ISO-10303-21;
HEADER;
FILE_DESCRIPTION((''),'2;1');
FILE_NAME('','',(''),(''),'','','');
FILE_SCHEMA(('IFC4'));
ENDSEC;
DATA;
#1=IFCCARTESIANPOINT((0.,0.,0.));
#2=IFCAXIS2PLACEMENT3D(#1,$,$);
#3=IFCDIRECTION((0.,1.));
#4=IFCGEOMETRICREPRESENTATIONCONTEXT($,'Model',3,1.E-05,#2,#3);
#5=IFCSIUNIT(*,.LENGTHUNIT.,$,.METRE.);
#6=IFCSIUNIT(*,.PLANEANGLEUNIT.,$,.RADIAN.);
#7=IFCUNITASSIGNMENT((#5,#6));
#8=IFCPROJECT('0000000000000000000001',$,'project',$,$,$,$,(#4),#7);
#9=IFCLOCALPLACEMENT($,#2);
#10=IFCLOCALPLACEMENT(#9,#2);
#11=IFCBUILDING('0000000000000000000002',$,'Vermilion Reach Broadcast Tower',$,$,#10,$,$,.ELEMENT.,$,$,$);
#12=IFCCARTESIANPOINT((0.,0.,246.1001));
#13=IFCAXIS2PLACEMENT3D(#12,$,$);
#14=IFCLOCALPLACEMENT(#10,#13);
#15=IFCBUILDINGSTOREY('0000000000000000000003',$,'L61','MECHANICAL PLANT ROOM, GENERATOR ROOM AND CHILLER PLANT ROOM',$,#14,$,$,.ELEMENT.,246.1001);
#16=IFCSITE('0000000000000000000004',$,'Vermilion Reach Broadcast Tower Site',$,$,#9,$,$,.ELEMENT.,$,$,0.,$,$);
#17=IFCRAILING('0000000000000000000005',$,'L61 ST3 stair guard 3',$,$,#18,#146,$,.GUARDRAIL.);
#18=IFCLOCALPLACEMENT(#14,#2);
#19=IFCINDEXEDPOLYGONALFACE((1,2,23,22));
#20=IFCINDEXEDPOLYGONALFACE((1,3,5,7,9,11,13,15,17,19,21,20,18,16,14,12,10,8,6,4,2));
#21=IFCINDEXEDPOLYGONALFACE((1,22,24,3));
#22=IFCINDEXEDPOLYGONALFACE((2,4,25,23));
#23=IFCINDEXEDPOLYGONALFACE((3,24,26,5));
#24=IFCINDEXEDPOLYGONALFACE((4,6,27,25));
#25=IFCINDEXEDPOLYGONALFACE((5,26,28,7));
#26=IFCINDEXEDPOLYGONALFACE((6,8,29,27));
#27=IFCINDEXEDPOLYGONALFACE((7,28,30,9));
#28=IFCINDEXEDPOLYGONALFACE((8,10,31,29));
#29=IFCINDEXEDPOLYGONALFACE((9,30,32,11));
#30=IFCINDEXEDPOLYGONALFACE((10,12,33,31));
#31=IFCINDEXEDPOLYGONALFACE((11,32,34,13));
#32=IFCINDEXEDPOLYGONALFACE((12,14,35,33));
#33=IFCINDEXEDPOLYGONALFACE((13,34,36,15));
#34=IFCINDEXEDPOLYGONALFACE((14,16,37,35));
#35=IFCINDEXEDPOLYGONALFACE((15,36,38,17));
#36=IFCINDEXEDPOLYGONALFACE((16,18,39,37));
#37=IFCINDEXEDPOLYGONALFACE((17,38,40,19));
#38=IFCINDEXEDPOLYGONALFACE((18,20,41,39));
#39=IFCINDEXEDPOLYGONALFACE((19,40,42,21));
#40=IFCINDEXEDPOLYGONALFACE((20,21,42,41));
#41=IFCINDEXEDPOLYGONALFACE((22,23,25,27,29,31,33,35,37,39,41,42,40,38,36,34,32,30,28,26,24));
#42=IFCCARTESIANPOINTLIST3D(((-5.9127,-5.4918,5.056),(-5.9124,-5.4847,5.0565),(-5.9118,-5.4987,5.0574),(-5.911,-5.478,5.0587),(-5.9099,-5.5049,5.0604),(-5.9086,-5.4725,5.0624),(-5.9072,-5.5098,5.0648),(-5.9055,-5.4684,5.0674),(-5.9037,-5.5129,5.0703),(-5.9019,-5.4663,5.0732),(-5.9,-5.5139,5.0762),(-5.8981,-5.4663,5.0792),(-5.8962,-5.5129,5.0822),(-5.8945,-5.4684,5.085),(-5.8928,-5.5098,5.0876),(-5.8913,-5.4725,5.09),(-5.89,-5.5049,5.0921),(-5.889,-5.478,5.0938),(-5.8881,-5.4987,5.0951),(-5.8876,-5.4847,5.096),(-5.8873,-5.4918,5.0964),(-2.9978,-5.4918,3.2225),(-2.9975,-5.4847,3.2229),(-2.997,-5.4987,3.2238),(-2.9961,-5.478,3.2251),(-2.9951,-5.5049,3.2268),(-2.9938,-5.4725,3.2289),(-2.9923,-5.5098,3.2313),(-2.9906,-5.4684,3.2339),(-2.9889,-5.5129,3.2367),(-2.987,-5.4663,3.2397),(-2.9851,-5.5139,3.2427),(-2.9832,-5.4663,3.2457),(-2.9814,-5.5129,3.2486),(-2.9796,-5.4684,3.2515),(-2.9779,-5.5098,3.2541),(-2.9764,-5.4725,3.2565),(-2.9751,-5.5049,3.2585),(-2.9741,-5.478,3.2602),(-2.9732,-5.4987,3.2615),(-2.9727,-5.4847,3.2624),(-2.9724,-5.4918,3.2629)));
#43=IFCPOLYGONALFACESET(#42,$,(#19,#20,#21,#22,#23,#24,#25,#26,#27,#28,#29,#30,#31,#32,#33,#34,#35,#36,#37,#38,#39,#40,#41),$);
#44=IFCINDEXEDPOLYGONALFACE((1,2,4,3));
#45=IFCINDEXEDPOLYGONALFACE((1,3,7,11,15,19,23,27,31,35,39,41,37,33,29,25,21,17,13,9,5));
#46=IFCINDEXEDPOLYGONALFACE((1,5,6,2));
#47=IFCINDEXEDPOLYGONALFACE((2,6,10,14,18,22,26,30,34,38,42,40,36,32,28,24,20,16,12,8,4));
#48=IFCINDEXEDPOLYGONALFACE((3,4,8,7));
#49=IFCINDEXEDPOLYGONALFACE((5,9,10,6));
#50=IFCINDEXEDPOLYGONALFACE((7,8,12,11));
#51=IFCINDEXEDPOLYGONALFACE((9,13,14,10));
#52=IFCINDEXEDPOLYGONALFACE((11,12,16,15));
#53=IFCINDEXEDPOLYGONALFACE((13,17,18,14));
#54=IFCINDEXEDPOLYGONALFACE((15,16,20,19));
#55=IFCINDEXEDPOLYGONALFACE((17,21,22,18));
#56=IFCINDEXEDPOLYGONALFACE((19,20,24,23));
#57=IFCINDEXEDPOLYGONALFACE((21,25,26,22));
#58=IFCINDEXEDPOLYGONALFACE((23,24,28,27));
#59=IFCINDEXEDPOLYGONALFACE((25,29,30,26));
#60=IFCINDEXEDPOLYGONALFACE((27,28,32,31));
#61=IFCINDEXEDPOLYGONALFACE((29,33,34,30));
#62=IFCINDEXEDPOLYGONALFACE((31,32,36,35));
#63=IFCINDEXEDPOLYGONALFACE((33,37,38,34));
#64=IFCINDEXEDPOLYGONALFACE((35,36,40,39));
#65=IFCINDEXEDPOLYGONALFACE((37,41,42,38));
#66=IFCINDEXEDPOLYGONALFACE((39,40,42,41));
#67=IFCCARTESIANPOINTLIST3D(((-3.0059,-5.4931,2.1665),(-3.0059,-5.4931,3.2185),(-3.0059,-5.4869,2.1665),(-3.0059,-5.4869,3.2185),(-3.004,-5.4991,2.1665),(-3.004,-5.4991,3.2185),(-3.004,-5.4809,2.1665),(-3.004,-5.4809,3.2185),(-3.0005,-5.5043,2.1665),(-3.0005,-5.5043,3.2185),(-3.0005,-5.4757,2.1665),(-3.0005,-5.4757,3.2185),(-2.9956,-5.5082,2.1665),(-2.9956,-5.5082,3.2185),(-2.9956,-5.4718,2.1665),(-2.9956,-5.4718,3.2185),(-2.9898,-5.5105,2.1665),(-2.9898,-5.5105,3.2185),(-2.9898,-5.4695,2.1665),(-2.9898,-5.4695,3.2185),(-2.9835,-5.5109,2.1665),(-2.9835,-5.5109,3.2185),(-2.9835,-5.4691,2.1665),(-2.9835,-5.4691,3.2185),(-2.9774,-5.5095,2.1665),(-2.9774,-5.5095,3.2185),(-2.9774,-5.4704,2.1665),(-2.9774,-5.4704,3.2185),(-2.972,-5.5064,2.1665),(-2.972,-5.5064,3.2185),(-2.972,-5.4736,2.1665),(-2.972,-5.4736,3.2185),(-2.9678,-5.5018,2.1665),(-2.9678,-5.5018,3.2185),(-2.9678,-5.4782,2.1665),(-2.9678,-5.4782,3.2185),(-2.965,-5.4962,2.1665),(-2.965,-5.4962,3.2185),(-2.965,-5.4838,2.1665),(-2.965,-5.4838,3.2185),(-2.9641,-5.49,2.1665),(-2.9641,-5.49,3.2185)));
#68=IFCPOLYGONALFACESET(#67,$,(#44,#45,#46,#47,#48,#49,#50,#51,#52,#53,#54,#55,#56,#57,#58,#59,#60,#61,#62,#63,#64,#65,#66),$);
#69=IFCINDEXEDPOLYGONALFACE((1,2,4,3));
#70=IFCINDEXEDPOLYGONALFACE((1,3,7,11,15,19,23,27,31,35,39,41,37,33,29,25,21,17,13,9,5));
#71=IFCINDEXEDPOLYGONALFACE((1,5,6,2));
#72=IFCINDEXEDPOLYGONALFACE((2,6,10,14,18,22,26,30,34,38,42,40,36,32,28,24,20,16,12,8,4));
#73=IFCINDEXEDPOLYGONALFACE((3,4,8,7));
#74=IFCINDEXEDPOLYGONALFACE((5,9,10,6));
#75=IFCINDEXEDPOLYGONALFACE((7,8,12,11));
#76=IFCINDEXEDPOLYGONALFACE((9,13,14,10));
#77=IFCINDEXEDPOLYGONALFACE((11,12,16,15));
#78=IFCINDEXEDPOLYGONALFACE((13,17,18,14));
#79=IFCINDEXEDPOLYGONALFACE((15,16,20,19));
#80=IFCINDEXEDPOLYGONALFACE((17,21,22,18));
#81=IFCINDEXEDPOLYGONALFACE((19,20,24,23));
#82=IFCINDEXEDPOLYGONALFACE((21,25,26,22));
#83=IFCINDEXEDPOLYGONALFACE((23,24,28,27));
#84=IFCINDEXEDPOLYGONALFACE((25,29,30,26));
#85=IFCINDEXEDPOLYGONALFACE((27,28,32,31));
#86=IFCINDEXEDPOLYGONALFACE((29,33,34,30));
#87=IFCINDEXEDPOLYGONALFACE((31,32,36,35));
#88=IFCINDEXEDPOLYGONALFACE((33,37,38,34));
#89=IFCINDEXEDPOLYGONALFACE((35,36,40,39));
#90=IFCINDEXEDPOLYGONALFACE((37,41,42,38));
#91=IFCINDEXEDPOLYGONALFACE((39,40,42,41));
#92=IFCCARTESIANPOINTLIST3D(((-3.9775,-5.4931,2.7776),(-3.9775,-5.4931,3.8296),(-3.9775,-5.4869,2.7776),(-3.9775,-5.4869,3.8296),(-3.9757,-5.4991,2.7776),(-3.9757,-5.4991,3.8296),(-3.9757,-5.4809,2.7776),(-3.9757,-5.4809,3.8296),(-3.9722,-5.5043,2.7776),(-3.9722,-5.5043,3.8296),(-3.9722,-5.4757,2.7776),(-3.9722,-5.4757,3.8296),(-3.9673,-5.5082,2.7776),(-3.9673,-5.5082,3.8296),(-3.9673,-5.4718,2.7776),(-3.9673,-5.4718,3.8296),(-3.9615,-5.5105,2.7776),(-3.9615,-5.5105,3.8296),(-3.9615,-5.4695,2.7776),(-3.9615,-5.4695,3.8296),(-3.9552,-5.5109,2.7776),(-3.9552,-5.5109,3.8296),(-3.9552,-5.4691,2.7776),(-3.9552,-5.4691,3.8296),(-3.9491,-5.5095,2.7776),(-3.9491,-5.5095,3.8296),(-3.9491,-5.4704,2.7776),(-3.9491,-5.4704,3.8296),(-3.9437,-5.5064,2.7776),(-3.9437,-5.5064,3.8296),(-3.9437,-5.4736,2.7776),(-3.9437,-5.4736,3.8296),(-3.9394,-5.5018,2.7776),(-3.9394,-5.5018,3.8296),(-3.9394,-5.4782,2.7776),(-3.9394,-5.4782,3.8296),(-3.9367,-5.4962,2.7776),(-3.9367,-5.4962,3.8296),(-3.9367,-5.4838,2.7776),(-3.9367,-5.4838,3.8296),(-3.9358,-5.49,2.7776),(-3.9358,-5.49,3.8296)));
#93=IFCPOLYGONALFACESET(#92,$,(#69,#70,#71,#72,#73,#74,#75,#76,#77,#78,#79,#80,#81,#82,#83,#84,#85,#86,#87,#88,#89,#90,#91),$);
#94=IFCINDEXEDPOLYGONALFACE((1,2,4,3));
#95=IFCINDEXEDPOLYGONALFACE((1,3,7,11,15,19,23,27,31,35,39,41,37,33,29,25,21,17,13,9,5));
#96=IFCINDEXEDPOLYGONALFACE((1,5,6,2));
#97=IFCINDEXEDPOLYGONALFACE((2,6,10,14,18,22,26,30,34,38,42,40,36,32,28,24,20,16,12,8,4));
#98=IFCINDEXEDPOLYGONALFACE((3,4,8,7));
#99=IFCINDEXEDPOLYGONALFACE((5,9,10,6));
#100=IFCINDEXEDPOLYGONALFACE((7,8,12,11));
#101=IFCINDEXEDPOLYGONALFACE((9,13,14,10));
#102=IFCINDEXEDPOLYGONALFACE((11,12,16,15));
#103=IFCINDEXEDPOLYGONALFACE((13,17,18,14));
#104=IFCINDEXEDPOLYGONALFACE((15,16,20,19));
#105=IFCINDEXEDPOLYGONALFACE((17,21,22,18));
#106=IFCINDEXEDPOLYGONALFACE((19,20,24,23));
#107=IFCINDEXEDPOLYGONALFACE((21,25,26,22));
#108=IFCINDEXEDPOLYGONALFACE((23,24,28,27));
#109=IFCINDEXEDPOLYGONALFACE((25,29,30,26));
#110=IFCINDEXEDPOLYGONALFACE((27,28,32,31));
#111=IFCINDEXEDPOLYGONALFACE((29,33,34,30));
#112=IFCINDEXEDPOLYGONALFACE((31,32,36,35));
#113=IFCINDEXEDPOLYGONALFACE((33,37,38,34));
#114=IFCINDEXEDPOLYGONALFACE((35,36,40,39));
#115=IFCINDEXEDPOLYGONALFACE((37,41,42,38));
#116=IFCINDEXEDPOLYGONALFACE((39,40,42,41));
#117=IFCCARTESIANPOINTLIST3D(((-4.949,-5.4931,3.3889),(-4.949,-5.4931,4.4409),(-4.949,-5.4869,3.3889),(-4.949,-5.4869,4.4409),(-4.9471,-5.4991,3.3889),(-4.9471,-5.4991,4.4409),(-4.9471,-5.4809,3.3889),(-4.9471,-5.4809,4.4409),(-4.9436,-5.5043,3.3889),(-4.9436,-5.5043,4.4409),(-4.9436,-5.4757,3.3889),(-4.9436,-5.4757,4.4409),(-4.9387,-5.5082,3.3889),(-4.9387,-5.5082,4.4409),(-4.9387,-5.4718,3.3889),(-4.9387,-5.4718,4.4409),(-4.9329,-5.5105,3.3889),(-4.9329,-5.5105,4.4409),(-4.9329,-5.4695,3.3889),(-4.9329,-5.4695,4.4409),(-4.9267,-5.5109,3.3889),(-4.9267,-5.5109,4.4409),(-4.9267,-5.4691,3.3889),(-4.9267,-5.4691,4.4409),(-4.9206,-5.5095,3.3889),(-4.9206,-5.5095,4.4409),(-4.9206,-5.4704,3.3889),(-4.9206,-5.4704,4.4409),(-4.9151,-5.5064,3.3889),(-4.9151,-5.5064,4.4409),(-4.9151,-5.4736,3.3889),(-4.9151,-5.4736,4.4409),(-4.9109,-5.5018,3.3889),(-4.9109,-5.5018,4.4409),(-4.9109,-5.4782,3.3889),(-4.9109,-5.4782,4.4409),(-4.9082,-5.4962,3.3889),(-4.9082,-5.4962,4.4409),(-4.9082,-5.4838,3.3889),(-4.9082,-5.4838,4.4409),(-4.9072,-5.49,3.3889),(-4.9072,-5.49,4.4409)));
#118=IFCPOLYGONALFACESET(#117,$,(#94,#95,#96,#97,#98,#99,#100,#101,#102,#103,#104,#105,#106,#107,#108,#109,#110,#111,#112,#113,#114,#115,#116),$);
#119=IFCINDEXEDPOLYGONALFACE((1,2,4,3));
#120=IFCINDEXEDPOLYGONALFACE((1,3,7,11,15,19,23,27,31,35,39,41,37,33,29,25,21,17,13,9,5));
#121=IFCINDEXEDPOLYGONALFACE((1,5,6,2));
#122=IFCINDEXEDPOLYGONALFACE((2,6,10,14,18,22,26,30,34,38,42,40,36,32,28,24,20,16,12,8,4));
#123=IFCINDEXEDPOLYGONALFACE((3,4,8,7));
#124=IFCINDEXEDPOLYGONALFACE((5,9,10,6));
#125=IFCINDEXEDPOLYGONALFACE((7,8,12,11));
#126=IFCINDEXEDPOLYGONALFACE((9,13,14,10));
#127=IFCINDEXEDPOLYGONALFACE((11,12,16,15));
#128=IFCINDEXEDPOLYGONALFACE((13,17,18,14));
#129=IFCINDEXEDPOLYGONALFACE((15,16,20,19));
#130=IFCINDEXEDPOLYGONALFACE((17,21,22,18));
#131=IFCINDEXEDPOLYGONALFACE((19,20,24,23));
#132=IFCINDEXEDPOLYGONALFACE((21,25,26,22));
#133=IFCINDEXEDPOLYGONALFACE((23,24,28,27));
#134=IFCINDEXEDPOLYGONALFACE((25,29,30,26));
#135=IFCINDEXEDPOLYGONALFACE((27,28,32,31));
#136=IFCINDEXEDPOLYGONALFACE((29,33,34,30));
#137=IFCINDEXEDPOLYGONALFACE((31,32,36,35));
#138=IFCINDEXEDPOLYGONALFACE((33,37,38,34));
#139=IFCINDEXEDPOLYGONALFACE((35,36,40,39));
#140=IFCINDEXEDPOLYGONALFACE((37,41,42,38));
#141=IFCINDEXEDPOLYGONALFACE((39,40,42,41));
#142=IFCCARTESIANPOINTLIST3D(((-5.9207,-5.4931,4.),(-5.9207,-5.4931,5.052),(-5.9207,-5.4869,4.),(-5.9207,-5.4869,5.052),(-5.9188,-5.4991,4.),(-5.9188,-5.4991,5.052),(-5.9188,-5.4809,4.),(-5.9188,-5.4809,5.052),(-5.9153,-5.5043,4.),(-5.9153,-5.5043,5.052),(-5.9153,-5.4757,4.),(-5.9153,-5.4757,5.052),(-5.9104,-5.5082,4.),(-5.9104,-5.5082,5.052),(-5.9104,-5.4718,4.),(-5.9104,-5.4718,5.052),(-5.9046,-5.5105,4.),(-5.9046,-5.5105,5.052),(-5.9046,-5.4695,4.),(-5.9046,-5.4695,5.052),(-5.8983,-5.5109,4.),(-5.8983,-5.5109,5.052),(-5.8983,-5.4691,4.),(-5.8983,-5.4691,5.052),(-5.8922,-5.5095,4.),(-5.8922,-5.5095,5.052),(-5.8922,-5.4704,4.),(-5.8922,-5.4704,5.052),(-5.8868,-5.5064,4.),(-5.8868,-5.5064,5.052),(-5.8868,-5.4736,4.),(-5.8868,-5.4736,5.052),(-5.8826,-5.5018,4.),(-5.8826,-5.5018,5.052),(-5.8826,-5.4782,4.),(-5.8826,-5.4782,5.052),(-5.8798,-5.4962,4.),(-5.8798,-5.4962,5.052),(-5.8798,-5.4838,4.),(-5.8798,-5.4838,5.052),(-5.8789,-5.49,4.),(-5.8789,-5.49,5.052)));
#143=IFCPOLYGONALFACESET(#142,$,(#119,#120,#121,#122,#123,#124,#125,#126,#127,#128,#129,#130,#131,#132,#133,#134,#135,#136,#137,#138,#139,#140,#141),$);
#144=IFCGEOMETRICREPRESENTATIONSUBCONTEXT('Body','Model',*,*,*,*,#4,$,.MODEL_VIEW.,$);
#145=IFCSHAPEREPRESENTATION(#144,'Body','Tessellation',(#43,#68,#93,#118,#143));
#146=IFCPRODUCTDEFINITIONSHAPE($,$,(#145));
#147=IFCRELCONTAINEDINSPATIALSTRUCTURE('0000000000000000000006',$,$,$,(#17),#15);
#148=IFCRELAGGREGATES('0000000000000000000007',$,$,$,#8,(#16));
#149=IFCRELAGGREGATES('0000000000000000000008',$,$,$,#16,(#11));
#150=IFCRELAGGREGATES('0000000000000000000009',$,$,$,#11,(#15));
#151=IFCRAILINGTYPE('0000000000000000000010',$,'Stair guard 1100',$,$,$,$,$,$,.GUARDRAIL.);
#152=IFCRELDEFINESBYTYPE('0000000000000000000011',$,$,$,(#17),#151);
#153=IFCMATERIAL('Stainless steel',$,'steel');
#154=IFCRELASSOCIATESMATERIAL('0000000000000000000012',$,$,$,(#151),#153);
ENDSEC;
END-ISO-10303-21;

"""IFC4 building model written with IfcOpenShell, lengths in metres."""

from ifc_helpers import new_model, si_unit, direction, frame, origin, origin_2d, place, context, subcontext, project, spatial, circle, extrude, material, type_object, element, save


model = new_model("IFC4")

# Units and contexts
model_context = context("Model", 3, precision=1e-05, world=origin(), true_north=direction((0.0, 1.0)))
body_context = subcontext(model_context, "Body", "Model", "MODEL_VIEW")
ifc_project = project(units=[si_unit("LENGTHUNIT", "METRE"), si_unit("PLANEANGLEUNIT", "RADIAN")], contexts=[model_context])

# Site, building, storey
site_placement = place(None, origin())
site = spatial("IfcSite", under=ifc_project, at=site_placement, Name="Vermilion Reach Broadcast Tower Site", CompositionType="ELEMENT", RefElevation=0.0)
building_placement = place(site_placement, origin())
building = spatial("IfcBuilding", under=site, at=building_placement, Name="Vermilion Reach Broadcast Tower", CompositionType="ELEMENT")
storey_placement = place(building_placement, frame((0.0, 0.0, 246.1001)))
storey = spatial("IfcBuildingStorey", under=building, at=storey_placement, Name="L61", Description="MECHANICAL PLANT ROOM, GENERATOR ROOM AND CHILLER PLANT ROOM", CompositionType="ELEMENT", Elevation=246.1001)

# Railing
ifc_material_1 = material(Name="Stainless steel", Category="steel")
railing_type_1 = type_object("IfcRailingType", Name="Stair guard 1100", PredefinedType="GUARDRAIL", material=ifc_material_1)
railing_1_placement = place(storey_placement, frame((-2.9851, -5.49, 2.1665)))
element("IfcRailing", 1, at=railing_1_placement, inside=storey, type_object=railing_type_1, Name="L61 ST3 stair guard 3", PredefinedType="GUARDRAIL", context=body_context, shape_type="SweptSolid", body=[
    extrude(circle(Radius=0.0239, at=origin_2d()), frame((0.0, 0.0, 1.0762), z_axis=(-0.846461, 0.0, 0.53245), x_axis=(0.0, -1.0, 0.0)), (0.0, 0.0, 1.0), 3.4436),
    extrude(circle(Radius=0.021, at=origin_2d()), origin(), (0.0, 0.0, 1.0), 1.052),
    extrude(circle(Radius=0.021, at=origin_2d()), frame((-0.9717, 0.0, 0.6111)), (0.0, 0.0, 1.0), 1.052),
    extrude(circle(Radius=0.021, at=origin_2d()), frame((-1.9431, 0.0, 1.2224)), (0.0, 0.0, 1.0), 1.052),
    extrude(circle(Radius=0.021, at=origin_2d()), frame((-2.9148, 0.0, 1.8335)), (0.0, 0.0, 1.0), 1.052),
])

save(model, "model.ifc")
